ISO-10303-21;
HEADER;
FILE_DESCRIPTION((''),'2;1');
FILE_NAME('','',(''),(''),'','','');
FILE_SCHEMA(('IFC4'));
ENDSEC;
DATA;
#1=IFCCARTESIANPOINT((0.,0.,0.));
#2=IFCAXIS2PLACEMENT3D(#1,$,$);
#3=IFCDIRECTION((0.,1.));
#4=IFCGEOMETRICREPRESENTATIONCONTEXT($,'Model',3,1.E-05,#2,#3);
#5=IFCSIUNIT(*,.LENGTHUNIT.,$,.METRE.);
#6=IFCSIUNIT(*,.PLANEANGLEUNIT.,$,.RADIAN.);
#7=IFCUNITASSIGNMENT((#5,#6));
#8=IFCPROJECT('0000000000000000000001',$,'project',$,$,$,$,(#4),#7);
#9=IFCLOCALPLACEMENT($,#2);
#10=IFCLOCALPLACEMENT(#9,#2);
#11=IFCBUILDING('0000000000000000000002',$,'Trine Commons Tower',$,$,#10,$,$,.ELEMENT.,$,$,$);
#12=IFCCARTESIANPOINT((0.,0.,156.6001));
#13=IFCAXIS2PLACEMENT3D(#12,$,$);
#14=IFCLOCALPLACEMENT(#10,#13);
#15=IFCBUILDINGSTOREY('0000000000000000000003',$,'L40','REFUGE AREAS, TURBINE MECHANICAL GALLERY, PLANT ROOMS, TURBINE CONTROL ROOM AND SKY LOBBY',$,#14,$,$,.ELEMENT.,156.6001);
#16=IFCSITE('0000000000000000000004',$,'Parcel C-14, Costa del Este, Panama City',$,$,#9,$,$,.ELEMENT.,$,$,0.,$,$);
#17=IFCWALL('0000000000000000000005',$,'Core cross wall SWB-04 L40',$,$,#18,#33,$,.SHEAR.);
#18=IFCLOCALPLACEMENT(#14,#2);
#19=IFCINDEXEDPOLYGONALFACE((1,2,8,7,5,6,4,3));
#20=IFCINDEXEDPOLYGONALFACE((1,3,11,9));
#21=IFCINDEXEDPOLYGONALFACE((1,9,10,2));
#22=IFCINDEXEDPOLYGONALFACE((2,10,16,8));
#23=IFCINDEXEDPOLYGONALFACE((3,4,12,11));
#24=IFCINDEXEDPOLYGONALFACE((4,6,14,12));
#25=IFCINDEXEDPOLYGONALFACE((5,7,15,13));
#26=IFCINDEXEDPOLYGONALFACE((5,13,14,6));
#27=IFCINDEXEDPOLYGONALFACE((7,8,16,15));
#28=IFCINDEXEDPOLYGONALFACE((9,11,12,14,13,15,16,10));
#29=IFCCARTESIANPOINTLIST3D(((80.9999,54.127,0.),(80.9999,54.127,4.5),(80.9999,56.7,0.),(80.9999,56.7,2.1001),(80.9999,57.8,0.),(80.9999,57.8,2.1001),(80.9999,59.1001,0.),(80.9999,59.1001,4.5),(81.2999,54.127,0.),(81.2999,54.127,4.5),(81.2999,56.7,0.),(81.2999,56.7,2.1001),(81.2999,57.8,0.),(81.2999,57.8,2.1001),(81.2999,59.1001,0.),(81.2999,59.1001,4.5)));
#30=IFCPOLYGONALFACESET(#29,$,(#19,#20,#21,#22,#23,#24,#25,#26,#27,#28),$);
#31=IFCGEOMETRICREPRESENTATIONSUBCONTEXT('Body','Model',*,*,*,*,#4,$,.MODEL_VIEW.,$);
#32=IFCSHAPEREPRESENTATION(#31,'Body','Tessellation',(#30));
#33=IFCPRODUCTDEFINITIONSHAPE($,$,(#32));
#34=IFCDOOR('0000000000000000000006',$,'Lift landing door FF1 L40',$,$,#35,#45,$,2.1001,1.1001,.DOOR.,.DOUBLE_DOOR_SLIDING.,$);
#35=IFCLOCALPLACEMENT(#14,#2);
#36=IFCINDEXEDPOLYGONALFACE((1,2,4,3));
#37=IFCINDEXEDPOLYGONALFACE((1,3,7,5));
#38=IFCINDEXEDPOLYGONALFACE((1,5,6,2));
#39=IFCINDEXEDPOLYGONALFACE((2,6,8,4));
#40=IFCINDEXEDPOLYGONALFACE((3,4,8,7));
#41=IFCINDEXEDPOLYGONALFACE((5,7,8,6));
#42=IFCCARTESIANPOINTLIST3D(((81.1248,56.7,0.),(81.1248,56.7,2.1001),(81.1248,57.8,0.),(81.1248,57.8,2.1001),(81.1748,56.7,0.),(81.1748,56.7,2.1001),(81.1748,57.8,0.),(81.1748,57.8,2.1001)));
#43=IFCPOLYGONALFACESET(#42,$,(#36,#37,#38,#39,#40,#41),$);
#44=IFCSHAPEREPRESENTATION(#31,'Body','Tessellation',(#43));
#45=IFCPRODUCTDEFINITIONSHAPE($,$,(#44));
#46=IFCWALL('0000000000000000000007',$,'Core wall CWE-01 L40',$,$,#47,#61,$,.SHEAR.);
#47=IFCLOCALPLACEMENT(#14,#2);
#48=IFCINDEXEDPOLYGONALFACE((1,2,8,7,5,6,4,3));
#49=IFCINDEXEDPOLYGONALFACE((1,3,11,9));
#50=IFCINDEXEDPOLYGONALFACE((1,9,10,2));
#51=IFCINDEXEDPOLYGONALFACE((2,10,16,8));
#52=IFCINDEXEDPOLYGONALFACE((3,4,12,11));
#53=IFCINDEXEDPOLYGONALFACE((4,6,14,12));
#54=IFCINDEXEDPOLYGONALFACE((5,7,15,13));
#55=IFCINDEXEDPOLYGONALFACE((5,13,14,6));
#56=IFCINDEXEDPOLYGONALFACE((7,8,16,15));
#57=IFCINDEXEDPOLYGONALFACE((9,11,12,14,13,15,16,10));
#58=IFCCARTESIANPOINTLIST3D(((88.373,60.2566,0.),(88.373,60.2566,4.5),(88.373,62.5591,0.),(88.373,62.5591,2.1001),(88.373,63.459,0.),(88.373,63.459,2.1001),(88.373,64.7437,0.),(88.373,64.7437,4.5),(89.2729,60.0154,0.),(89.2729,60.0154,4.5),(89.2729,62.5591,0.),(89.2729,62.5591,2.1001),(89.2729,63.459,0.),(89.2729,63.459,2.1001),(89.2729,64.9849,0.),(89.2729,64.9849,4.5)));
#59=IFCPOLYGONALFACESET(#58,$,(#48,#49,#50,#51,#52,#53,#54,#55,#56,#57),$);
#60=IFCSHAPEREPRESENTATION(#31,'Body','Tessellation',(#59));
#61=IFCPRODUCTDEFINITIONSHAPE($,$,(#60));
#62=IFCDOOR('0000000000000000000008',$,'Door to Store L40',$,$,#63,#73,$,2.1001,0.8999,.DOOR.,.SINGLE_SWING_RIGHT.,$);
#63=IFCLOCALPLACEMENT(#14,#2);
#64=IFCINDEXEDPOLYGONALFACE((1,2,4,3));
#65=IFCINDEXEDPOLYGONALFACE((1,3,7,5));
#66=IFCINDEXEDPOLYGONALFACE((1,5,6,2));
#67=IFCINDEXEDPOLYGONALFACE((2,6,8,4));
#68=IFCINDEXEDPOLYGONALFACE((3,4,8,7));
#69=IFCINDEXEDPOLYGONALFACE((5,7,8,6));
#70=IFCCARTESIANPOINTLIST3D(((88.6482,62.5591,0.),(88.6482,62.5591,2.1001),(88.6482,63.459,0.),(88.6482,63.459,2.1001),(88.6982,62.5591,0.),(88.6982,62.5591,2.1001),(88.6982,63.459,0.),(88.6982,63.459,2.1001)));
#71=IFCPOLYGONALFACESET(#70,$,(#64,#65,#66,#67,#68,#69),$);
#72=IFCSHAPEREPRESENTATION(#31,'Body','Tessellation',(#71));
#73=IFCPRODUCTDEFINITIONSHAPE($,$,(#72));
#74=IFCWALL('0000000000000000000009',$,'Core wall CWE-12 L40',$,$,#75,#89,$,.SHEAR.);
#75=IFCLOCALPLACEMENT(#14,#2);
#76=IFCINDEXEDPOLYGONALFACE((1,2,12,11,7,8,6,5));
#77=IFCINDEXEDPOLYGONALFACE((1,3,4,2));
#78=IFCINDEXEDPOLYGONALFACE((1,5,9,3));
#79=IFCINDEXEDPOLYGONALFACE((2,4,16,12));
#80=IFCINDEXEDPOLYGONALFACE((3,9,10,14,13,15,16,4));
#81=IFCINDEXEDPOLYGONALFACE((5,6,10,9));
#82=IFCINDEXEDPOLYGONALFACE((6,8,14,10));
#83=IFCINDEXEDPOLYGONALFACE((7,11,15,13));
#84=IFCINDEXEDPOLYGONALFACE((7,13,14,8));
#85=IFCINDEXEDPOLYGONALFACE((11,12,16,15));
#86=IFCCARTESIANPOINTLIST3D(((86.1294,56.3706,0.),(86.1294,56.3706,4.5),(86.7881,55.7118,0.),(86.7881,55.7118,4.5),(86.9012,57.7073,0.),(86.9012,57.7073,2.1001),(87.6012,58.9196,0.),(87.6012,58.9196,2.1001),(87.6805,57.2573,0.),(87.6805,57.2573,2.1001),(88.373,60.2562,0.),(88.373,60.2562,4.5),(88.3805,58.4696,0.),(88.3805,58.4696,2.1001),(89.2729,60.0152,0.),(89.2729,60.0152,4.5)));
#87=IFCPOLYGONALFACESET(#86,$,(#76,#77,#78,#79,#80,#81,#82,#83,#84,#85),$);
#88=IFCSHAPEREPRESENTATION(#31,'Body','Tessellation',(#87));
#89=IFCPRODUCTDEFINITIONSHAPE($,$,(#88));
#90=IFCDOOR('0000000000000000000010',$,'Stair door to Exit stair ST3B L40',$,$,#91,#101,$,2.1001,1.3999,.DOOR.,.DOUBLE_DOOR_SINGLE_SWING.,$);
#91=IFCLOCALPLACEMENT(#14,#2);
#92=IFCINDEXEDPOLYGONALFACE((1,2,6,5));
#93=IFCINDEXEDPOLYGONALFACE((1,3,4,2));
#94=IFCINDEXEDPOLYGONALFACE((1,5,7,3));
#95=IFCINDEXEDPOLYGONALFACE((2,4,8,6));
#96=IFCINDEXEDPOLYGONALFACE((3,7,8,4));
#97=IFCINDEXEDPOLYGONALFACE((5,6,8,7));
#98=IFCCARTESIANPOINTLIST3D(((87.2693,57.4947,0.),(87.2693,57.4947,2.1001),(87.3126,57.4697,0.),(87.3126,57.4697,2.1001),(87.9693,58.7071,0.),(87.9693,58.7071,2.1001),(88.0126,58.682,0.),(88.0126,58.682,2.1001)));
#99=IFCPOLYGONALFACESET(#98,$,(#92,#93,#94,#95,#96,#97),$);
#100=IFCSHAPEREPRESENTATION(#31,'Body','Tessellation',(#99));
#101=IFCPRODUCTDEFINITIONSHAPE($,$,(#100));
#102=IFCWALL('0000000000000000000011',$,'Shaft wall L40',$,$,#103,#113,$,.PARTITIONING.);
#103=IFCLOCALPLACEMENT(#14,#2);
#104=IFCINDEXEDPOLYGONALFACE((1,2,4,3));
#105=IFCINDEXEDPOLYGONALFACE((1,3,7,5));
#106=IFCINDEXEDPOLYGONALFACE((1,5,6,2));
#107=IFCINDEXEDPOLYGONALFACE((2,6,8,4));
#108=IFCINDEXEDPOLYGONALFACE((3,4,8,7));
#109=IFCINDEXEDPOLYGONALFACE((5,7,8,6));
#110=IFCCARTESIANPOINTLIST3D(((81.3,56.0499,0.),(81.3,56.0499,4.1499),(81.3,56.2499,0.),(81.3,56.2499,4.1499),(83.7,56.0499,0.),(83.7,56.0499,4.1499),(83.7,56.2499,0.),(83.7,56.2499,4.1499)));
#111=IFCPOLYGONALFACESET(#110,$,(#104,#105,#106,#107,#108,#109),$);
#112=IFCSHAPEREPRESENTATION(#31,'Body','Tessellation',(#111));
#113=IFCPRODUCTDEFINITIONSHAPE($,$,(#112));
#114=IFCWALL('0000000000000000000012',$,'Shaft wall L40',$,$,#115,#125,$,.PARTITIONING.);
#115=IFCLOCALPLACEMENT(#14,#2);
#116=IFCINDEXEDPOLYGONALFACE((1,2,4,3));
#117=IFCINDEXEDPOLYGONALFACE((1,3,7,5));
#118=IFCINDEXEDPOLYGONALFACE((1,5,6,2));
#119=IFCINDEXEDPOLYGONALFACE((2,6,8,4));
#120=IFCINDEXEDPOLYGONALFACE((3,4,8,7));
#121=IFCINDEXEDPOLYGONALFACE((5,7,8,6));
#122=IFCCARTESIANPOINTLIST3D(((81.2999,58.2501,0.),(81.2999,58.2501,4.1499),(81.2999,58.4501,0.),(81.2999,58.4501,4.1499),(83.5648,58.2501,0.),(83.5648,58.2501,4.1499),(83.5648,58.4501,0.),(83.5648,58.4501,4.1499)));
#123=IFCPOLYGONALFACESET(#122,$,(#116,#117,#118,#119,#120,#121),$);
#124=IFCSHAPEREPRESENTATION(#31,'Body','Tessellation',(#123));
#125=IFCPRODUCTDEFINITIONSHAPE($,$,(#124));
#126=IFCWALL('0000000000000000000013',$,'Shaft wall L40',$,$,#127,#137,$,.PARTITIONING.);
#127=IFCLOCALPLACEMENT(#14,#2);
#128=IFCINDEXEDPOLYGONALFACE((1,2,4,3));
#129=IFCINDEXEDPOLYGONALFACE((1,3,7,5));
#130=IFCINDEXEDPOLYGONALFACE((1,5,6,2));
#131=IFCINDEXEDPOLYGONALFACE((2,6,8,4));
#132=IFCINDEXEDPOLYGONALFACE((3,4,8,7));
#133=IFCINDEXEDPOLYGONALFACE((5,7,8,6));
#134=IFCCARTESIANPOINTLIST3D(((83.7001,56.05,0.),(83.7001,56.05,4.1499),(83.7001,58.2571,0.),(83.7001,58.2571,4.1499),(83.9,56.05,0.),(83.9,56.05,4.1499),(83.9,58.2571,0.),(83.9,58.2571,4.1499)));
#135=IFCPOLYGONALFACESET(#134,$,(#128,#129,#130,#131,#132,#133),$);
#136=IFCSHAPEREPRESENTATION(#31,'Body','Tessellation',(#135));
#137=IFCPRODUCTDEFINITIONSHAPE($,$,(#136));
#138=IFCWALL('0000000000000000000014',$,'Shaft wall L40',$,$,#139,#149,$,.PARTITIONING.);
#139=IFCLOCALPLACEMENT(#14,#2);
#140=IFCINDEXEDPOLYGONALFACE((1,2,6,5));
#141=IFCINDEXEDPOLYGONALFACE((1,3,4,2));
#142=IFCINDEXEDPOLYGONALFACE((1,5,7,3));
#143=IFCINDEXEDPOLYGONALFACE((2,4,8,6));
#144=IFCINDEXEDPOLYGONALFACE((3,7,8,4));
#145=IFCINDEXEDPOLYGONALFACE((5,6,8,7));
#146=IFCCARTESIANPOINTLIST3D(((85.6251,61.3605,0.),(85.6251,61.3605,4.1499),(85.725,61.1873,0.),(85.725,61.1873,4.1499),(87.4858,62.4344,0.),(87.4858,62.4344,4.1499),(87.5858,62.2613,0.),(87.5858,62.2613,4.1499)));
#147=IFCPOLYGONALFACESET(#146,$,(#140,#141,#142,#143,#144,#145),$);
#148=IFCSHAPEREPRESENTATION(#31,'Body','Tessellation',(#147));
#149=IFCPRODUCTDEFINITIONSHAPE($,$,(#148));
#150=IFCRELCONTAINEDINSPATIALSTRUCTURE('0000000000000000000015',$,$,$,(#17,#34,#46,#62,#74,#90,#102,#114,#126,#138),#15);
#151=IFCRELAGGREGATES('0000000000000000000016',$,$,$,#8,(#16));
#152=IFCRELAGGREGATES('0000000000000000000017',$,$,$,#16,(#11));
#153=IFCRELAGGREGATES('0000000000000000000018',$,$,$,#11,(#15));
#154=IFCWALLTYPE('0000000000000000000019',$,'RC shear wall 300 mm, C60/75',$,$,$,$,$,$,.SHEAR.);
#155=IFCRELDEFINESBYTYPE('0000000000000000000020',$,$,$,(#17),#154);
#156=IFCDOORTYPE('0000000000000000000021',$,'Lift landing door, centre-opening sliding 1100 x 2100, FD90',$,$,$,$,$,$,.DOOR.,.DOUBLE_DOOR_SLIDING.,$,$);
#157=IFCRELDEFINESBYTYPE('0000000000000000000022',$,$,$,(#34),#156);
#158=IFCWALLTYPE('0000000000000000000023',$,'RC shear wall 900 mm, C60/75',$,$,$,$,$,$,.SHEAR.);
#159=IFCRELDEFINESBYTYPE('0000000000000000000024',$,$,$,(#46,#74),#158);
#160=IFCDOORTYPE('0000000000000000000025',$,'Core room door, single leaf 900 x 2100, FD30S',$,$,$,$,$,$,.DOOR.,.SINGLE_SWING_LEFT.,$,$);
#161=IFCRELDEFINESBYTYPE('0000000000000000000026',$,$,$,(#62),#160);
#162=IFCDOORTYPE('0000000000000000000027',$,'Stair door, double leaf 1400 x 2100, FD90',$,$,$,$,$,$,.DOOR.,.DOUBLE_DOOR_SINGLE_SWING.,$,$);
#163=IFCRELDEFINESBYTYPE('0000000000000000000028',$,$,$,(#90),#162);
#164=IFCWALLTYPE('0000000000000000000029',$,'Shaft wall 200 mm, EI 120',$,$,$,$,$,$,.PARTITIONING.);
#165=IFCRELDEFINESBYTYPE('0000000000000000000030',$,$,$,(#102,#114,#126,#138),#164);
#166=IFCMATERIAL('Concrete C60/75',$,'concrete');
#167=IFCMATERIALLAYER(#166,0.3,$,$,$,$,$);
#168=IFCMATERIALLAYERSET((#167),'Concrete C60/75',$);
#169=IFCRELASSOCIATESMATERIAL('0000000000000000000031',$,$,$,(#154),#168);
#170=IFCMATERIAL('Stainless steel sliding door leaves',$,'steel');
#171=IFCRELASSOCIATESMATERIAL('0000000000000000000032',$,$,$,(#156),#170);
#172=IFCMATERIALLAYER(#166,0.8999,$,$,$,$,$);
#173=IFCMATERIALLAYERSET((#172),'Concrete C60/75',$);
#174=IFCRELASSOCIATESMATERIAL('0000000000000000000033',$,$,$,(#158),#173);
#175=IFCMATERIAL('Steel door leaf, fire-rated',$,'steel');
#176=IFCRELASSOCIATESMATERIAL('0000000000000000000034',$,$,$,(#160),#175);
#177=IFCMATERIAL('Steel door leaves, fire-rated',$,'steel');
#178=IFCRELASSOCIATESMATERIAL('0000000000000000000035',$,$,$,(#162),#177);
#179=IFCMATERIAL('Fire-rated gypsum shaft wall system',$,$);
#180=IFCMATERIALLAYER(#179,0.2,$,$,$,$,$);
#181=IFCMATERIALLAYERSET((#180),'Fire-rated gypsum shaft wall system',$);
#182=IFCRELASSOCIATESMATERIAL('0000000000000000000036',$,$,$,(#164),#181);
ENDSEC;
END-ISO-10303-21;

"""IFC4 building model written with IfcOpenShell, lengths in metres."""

from ifc_helpers import new_model, si_unit, direction, frame, frame_2d, origin, place, context, subcontext, project, spatial, polyline, rectangle, outline, extrude, material, layer, layer_set, type_object, element, fill, save


model = new_model("IFC4")

# Units and contexts
model_context = context("Model", 3, precision=1e-05, world=origin(), true_north=direction((0.0, 1.0)))
body_context = subcontext(model_context, "Body", "Model", "MODEL_VIEW")
ifc_project = project(units=[si_unit("LENGTHUNIT", "METRE"), si_unit("PLANEANGLEUNIT", "RADIAN")], contexts=[model_context])

# Site, building, storey
site_placement = place(None, origin())
site = spatial("IfcSite", under=ifc_project, at=site_placement, Name="Parcel C-14, Costa del Este, Panama City", CompositionType="ELEMENT", RefElevation=0.0)
building_placement = place(site_placement, origin())
building = spatial("IfcBuilding", under=site, at=building_placement, Name="Trine Commons Tower", CompositionType="ELEMENT")
storey_placement = place(building_placement, frame((0.0, 0.0, 156.6001)))
storey = spatial("IfcBuildingStorey", under=building, at=storey_placement, Name="L40", Description="REFUGE AREAS, TURBINE MECHANICAL GALLERY, PLANT ROOMS, TURBINE CONTROL ROOM AND SKY LOBBY", CompositionType="ELEMENT", Elevation=156.6001)

# Walls, openings, doors
ifc_material_1 = material(Name="Concrete C60/75", Category="concrete")
ifc_layer_1 = layer(ifc_material_1, 0.3)
ifc_layer_set_1 = layer_set([ifc_layer_1], Name="Concrete C60/75")
wall_type_1 = type_object("IfcWallType", Name="RC shear wall 300 mm, C60/75", PredefinedType="SHEAR", material=ifc_layer_set_1)
wall_1_placement = place(storey_placement, frame((81.1499, 59.1001, 0.0), z_axis=(0.0, 0.0, 1.0), x_axis=(0.0, -1.0, 0.0)))
wall_1 = element("IfcWall", 1, at=wall_1_placement, inside=storey, type_object=wall_type_1, Name="Core cross wall SWB-04 L40", PredefinedType="SHEAR", context=body_context, shape_type="SweptSolid", body=[
    extrude(rectangle(XDim=4.9731, YDim=0.3, at=frame_2d((2.4866, 0.0))), origin(), (0.0, 0.0, 1.0), 4.5),
])
opening_1_placement = place(wall_1_placement, frame((1.3, 0.0, 0.0)))
opening_1 = element("IfcOpeningElement", 2, at=opening_1_placement, cuts=wall_1, PredefinedType="OPENING", context=body_context, shape_type="SweptSolid", body=[
    extrude(rectangle(XDim=1.1001, YDim=2.1001, at=frame_2d((0.55, 1.05))), frame((0.0, 0.1599, 0.0), z_axis=(0.0, -1.0, 0.0), x_axis=(1.0, 0.0, 0.0)), (0.0, 0.0, 1.0), 0.3201),
])
ifc_material_2 = material(Name="Stainless steel sliding door leaves", Category="steel")
door_type_1 = type_object("IfcDoorType", Name="Lift landing door, centre-opening sliding 1100 x 2100, FD90", OperationType="DOUBLE_DOOR_SLIDING", PredefinedType="DOOR", material=ifc_material_2)
door_1_placement = place(opening_1_placement, origin())
door_1 = element("IfcDoor", 3, at=door_1_placement, inside=storey, type_object=door_type_1, Name="Lift landing door FF1 L40", OperationType="DOUBLE_DOOR_SLIDING", OverallHeight=2.1001, OverallWidth=1.1001, PredefinedType="DOOR", context=body_context, shape_type="SweptSolid", body=[
    extrude(rectangle(XDim=1.1001, YDim=2.1001, at=frame_2d((0.55, 1.05))), frame((0.0, 0.0249, 0.0), z_axis=(0.0, -1.0, 0.0), x_axis=(1.0, 0.0, 0.0)), (0.0, 0.0, 1.0), 0.05),
])
fill(opening_1, door_1)
ifc_layer_2 = layer(ifc_material_1, 0.8999)
ifc_layer_set_2 = layer_set([ifc_layer_2], Name="Concrete C60/75")
wall_type_2 = type_object("IfcWallType", Name="RC shear wall 900 mm, C60/75", PredefinedType="SHEAR", material=ifc_layer_set_2)
wall_2_placement = place(storey_placement, frame((88.823, 60.0154, 0.0), z_axis=(0.0, 0.0, 1.0), x_axis=(0.0, 1.0, 0.0)))
wall_2 = element("IfcWall", 4, at=wall_2_placement, inside=storey, type_object=wall_type_2, Name="Core wall CWE-01 L40", PredefinedType="SHEAR", context=body_context, shape_type="SweptSolid", body=[
    extrude(outline(polyline([(0.0, -0.45), (4.9695, -0.45), (4.7283, 0.45), (0.2412, 0.45), (0.0, -0.45)])), origin(), (0.0, 0.0, 1.0), 4.5),
])
opening_2_placement = place(wall_2_placement, frame((2.5437, 0.0, 0.0)))
opening_2 = element("IfcOpeningElement", 5, at=opening_2_placement, cuts=wall_2, PredefinedType="OPENING", context=body_context, shape_type="SweptSolid", body=[
    extrude(rectangle(XDim=0.8999, YDim=2.1001, at=frame_2d((0.45, 1.05))), frame((0.0, 0.46, 0.0), z_axis=(0.0, -1.0, 0.0), x_axis=(1.0, 0.0, 0.0)), (0.0, 0.0, 1.0), 0.9199),
])
ifc_material_3 = material(Name="Steel door leaf, fire-rated", Category="steel")
door_type_2 = type_object("IfcDoorType", Name="Core room door, single leaf 900 x 2100, FD30S", OperationType="SINGLE_SWING_LEFT", PredefinedType="DOOR", material=ifc_material_3)
door_2_placement = place(opening_2_placement, origin())
door_2 = element("IfcDoor", 6, at=door_2_placement, inside=storey, type_object=door_type_2, Name="Door to Store L40", OperationType="SINGLE_SWING_RIGHT", OverallHeight=2.1001, OverallWidth=0.8999, PredefinedType="DOOR", context=body_context, shape_type="SweptSolid", body=[
    extrude(rectangle(XDim=0.8999, YDim=2.1001, at=frame_2d((0.45, 1.05))), frame((0.0, 0.1748, 0.0), z_axis=(0.0, -1.0, 0.0), x_axis=(1.0, 0.0, 0.0)), (0.0, 0.0, 1.0), 0.05),
])
fill(opening_2, door_2)
wall_3_placement = place(storey_placement, frame((86.3984, 55.9368, 0.0), z_axis=(0.0, 0.0, 1.0), x_axis=(0.500039, 0.866003, 0.0)))
wall_3 = element("IfcWall", 7, at=wall_3_placement, inside=storey, type_object=wall_type_2, Name="Core wall CWE-12 L40", PredefinedType="SHEAR", context=body_context, shape_type="SweptSolid", body=[
    extrude(outline(polyline([(0.0, -0.45), (4.9692, -0.45), (4.728, 0.45), (0.2412, 0.45), (0.0, -0.45)])), origin(), (0.0, 0.0, 1.0), 4.5),
])
opening_3_placement = place(wall_3_placement, frame((1.7847, 0.0, 0.0)))
opening_3 = element("IfcOpeningElement", 8, at=opening_3_placement, cuts=wall_3, PredefinedType="OPENING", context=body_context, shape_type="SweptSolid", body=[
    extrude(rectangle(XDim=1.3999, YDim=2.1001, at=frame_2d((0.7, 1.05))), frame((0.0, 0.46, 0.0), z_axis=(0.0, -1.0, 0.0), x_axis=(1.0, 0.0, 0.0)), (0.0, 0.0, 1.0), 0.9199),
])
ifc_material_4 = material(Name="Steel door leaves, fire-rated", Category="steel")
door_type_3 = type_object("IfcDoorType", Name="Stair door, double leaf 1400 x 2100, FD90", OperationType="DOUBLE_DOOR_SINGLE_SWING", PredefinedType="DOOR", material=ifc_material_4)
door_3_placement = place(opening_3_placement, origin())
door_3 = element("IfcDoor", 9, at=door_3_placement, inside=storey, type_object=door_type_3, Name="Stair door to Exit stair ST3B L40", OperationType="DOUBLE_DOOR_SINGLE_SWING", OverallHeight=2.1001, OverallWidth=1.3999, PredefinedType="DOOR", context=body_context, shape_type="SweptSolid", body=[
    extrude(rectangle(XDim=1.3999, YDim=2.1001, at=frame_2d((0.7, 1.05))), frame((0.0, 0.0249, 0.0), z_axis=(0.0, -1.0, 0.0), x_axis=(1.0, 0.0, 0.0)), (0.0, 0.0, 1.0), 0.05),
])
fill(opening_3, door_3)

# Walls
ifc_material_5 = material(Name="Fire-rated gypsum shaft wall system")
ifc_layer_3 = layer(ifc_material_5, 0.2)
ifc_layer_set_3 = layer_set([ifc_layer_3], Name="Fire-rated gypsum shaft wall system")
wall_type_3 = type_object("IfcWallType", Name="Shaft wall 200 mm, EI 120", PredefinedType="PARTITIONING", material=ifc_layer_set_3)
wall_4_placement = place(storey_placement, frame((81.3, 56.1499, 0.0), z_axis=(0.0, 0.0, 1.0), x_axis=(1.0, 0.0, 0.0)))
element("IfcWall", 10, at=wall_4_placement, inside=storey, type_object=wall_type_3, Name="Shaft wall L40", PredefinedType="PARTITIONING", context=body_context, shape_type="SweptSolid", body=[
    extrude(rectangle(XDim=2.3999, YDim=0.2, at=frame_2d((1.2, 0.0))), origin(), (0.0, 0.0, 1.0), 4.1499),
])
wall_5_placement = place(storey_placement, frame((81.3, 58.3501, 0.0), z_axis=(0.0, 0.0, 1.0), x_axis=(1.0, 0.0, 0.0)))
element("IfcWall", 11, at=wall_5_placement, inside=storey, type_object=wall_type_3, Name="Shaft wall L40", PredefinedType="PARTITIONING", context=body_context, shape_type="SweptSolid", body=[
    extrude(rectangle(XDim=2.2649, YDim=0.2, at=frame_2d((1.1323, 0.0))), origin(), (0.0, 0.0, 1.0), 4.1499),
])
wall_6_placement = place(storey_placement, frame((83.8, 58.2571, 0.0), z_axis=(0.0, 0.0, 1.0), x_axis=(0.0, -1.0, 0.0)))
element("IfcWall", 12, at=wall_6_placement, inside=storey, type_object=wall_type_3, Name="Shaft wall L40", PredefinedType="PARTITIONING", context=body_context, shape_type="SweptSolid", body=[
    extrude(rectangle(XDim=2.207, YDim=0.2, at=frame_2d((1.1035, 0.0))), origin(), (0.0, 0.0, 1.0), 4.1499),
])
wall_7_placement = place(storey_placement, frame((85.675, 61.2739, 0.0), z_axis=(0.0, 0.0, 1.0), x_axis=(0.866102, 0.499867, 0.0)))
element("IfcWall", 13, at=wall_7_placement, inside=storey, type_object=wall_type_3, Name="Shaft wall L40", PredefinedType="PARTITIONING", context=body_context, shape_type="SweptSolid", body=[
    extrude(rectangle(XDim=2.1484, YDim=0.2, at=frame_2d((1.0742, 0.0))), origin(), (0.0, 0.0, 1.0), 4.1499),
])

save(model, "model.ifc")
